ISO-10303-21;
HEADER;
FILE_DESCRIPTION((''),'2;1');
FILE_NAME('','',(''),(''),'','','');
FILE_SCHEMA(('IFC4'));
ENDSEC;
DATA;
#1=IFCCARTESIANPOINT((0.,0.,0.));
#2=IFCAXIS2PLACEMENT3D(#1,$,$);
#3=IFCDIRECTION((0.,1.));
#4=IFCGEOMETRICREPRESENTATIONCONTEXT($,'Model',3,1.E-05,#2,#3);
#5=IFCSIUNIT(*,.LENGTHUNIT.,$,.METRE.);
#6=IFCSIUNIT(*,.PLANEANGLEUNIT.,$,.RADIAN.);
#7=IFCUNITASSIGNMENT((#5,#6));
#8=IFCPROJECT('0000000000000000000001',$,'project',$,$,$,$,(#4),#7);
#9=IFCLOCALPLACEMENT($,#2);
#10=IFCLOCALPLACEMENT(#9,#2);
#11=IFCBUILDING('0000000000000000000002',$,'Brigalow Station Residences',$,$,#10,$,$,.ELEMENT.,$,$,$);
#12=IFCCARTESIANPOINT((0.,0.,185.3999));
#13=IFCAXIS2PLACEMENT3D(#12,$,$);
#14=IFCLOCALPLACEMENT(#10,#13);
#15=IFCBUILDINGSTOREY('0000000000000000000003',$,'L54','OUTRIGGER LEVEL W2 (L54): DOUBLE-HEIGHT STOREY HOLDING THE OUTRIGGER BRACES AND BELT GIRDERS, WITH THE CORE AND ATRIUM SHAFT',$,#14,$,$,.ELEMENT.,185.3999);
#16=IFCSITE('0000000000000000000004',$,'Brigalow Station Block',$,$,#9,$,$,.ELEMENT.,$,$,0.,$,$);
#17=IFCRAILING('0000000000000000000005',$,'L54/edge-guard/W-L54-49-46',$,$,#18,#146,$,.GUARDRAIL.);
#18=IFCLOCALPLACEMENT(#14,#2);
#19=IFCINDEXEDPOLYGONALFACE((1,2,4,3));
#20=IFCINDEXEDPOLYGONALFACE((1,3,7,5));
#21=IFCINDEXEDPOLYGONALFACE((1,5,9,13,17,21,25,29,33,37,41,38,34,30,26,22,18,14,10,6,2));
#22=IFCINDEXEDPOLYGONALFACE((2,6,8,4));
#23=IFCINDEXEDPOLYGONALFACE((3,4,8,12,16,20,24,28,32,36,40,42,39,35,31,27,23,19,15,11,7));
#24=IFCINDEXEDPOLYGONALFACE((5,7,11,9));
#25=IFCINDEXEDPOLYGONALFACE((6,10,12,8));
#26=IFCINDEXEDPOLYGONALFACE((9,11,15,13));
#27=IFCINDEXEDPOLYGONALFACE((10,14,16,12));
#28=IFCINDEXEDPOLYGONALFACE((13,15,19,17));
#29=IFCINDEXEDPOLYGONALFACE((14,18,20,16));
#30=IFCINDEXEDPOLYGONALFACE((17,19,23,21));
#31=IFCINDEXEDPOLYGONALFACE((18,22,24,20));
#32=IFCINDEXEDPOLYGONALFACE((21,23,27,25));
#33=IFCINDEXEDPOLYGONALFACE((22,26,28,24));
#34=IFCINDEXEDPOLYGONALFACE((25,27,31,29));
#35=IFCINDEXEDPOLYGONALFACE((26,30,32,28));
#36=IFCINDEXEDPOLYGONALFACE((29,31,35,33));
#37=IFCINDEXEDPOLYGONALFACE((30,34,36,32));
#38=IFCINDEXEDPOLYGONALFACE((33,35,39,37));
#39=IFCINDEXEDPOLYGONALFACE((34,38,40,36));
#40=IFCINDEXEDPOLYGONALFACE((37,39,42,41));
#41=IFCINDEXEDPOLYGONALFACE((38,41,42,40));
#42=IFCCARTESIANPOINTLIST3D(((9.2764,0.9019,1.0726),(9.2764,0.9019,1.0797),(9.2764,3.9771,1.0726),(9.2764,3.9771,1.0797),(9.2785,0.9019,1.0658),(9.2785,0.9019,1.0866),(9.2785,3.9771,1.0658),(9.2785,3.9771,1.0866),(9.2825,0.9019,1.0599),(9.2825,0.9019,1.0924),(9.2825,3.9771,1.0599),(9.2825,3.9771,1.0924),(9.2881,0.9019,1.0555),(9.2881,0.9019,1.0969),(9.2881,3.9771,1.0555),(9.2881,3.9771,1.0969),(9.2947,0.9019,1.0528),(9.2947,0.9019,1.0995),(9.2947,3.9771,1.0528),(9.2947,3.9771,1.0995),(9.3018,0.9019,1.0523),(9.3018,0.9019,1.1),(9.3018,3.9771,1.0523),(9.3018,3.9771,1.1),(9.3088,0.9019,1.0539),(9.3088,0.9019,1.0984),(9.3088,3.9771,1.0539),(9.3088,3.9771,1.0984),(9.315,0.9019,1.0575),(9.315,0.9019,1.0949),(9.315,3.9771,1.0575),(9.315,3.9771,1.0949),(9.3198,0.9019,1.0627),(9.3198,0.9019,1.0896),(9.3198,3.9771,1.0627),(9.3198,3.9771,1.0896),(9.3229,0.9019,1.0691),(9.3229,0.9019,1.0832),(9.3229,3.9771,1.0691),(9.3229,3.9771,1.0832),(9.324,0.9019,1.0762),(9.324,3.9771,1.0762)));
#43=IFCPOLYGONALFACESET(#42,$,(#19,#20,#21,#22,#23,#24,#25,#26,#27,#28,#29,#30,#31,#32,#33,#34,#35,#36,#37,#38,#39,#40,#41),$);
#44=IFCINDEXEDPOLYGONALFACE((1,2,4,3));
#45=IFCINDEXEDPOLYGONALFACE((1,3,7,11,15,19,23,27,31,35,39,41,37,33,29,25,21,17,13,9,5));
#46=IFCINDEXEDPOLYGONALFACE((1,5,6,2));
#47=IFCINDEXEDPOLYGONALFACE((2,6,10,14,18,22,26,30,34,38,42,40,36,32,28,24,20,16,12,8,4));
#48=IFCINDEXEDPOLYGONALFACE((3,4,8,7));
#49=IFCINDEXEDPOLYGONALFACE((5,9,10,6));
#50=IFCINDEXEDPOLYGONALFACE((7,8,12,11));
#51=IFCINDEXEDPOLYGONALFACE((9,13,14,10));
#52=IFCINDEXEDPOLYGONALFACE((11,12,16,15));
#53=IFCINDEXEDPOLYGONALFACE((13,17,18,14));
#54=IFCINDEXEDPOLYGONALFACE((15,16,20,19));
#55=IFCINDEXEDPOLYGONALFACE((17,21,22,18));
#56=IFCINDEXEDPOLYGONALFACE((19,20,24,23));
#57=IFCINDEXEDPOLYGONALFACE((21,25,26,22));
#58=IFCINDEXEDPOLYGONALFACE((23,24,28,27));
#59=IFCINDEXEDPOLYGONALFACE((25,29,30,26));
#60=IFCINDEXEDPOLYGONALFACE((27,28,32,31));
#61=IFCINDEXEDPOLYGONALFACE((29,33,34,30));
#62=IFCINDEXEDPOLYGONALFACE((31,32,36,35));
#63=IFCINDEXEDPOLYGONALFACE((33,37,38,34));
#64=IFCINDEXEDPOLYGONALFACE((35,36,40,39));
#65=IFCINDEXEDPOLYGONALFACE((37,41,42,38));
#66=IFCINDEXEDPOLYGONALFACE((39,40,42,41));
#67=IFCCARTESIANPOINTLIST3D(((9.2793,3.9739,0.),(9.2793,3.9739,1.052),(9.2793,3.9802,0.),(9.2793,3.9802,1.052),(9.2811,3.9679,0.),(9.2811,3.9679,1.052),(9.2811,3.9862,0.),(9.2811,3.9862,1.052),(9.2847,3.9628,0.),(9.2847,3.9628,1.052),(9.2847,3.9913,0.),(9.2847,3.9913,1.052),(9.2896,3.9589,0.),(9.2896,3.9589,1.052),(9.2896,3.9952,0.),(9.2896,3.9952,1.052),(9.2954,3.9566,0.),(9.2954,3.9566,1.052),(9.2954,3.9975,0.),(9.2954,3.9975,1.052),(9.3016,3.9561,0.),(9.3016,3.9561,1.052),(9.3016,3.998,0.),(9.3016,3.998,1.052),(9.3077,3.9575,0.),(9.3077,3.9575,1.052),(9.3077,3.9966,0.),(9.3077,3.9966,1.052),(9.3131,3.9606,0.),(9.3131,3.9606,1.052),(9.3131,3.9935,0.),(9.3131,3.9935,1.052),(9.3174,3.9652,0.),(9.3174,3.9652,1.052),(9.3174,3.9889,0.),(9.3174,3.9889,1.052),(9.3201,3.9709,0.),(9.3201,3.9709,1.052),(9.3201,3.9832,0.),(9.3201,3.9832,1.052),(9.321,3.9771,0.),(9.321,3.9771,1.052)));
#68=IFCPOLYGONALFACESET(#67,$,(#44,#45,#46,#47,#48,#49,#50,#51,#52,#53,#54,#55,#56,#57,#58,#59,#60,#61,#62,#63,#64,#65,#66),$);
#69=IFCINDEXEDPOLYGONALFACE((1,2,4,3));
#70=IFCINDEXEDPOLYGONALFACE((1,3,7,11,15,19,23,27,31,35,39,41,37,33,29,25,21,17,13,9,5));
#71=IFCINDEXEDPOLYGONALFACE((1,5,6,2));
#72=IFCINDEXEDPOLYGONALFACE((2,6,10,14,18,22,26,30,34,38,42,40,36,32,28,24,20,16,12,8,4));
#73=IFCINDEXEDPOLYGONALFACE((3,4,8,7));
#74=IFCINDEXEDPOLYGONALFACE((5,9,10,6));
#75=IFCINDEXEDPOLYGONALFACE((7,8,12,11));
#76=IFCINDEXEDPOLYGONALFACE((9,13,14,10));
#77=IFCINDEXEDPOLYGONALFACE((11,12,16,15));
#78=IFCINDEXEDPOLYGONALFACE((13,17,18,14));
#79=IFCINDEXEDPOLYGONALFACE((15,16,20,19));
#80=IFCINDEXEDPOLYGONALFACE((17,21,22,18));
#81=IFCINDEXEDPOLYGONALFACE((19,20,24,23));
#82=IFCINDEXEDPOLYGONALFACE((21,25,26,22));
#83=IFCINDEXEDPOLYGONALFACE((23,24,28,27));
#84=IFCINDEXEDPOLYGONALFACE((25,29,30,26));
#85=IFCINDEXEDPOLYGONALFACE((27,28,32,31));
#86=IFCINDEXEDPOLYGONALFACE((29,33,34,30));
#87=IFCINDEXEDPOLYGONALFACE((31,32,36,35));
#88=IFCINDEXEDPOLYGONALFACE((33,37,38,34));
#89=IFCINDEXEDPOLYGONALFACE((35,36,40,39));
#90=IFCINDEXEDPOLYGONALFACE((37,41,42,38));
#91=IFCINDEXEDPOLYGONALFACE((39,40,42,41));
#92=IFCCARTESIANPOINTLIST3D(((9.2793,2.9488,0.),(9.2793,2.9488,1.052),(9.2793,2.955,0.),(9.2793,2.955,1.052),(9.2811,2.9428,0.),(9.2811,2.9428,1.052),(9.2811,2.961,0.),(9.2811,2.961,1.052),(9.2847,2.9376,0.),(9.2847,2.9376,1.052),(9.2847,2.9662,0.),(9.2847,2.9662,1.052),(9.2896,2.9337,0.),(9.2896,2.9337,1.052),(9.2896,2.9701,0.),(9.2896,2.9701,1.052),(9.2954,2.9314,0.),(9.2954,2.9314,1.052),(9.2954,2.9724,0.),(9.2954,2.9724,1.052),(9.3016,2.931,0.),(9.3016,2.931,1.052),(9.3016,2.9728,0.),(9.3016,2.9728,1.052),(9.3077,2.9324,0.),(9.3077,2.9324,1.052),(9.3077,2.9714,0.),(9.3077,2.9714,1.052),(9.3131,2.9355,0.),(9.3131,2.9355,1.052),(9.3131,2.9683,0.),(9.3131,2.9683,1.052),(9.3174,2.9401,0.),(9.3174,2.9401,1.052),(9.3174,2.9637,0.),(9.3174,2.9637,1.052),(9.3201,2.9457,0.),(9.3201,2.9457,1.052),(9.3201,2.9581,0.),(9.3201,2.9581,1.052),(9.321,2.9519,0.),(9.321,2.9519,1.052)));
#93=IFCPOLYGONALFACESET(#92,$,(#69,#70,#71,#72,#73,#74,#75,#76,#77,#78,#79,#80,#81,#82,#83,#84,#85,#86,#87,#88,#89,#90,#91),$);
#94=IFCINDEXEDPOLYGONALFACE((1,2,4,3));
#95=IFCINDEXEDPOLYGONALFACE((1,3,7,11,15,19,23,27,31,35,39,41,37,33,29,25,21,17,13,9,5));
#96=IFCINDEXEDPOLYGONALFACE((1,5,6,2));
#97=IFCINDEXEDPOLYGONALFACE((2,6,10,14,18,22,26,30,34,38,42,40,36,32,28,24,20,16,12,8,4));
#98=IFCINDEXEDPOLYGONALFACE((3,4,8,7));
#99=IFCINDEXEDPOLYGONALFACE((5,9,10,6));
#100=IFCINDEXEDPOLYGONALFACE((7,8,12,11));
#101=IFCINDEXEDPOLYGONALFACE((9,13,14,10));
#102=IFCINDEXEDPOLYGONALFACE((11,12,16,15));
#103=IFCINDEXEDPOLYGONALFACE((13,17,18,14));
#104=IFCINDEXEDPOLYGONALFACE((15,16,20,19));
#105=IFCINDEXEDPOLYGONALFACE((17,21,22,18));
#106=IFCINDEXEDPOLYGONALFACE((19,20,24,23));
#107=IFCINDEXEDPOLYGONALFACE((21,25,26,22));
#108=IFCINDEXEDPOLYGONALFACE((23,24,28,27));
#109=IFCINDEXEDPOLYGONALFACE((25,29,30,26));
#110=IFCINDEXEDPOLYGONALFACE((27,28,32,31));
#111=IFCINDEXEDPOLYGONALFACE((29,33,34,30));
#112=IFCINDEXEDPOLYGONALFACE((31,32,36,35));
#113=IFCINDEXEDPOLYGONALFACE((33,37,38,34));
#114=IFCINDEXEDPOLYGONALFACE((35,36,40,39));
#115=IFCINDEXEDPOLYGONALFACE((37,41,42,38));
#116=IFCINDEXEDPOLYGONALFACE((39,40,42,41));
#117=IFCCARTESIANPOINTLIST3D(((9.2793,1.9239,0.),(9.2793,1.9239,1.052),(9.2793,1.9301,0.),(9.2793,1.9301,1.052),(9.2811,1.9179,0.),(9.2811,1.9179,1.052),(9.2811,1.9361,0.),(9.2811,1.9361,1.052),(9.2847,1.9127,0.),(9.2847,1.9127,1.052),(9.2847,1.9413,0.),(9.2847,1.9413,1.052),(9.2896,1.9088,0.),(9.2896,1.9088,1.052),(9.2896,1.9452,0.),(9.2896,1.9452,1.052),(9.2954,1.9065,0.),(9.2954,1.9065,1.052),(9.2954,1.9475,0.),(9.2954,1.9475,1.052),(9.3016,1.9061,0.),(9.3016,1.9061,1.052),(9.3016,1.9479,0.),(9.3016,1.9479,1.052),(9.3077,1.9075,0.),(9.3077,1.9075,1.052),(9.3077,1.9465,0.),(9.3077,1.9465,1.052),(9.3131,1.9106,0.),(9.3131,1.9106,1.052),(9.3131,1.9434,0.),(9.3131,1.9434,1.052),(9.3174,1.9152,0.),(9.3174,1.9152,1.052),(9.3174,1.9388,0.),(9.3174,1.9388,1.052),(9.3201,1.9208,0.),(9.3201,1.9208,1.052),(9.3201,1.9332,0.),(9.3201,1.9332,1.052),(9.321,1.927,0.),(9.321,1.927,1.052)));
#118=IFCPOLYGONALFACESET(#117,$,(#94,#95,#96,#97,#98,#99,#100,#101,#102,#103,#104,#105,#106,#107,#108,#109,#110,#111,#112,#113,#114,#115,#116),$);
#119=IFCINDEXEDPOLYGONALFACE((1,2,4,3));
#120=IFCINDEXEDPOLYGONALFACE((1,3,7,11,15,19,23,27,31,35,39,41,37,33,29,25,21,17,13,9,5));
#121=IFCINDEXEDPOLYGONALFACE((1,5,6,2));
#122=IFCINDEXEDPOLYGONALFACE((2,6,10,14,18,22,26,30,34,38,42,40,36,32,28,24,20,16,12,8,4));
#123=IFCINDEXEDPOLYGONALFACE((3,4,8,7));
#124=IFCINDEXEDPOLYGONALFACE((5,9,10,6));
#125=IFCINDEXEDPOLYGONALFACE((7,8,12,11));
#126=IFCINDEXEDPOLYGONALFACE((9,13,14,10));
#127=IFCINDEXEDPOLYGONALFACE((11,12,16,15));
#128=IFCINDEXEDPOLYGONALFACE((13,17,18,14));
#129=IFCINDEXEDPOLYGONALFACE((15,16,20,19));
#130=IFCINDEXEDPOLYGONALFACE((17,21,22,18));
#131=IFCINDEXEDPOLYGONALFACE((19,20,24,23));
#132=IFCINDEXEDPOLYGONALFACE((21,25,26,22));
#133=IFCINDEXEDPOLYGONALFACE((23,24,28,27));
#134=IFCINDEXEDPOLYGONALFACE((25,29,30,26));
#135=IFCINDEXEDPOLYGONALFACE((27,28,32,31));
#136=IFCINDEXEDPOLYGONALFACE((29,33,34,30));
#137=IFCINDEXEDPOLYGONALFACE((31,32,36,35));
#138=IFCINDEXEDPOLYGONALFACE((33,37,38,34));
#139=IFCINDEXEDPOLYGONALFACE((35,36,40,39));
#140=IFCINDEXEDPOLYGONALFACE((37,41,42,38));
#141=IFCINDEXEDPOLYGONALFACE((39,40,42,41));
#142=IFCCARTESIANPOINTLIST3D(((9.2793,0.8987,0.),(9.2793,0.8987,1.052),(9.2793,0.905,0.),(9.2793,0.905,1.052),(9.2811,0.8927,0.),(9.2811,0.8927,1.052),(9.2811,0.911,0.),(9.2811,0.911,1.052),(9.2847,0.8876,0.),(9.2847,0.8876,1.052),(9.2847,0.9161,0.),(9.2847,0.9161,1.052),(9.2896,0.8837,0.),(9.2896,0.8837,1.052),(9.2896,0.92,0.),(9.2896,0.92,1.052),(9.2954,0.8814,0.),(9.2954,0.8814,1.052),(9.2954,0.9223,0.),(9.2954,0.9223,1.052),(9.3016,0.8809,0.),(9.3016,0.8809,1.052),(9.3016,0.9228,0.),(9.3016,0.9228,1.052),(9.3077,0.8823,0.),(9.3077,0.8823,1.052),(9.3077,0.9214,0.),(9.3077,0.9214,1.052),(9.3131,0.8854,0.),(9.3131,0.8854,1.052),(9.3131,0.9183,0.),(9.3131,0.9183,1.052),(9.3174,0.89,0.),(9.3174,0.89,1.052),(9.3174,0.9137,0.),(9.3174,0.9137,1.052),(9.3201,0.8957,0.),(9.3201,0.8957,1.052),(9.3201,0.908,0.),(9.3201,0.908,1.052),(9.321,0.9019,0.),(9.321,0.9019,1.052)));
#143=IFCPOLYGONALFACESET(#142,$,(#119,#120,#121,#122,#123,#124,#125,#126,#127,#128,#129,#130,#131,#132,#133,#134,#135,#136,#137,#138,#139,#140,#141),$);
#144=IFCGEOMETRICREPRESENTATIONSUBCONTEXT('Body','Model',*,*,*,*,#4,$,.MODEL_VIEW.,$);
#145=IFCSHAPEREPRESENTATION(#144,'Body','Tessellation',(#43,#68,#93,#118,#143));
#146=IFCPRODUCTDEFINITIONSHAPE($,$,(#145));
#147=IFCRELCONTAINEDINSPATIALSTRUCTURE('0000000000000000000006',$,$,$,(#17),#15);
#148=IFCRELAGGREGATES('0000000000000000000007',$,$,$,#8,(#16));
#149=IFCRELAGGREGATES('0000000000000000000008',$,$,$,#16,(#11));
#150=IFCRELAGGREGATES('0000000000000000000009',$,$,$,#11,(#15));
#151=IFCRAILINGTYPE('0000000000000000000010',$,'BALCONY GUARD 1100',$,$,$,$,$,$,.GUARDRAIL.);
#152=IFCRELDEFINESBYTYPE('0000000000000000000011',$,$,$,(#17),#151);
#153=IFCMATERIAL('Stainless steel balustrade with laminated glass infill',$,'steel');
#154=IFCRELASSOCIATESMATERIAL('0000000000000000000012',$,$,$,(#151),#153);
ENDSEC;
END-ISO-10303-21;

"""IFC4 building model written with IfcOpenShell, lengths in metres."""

from ifc_helpers import new_model, si_unit, direction, frame, origin, origin_2d, place, context, subcontext, project, spatial, circle, extrude, material, type_object, element, save


model = new_model("IFC4")

# Units and contexts
model_context = context("Model", 3, precision=1e-05, world=origin(), true_north=direction((0.0, 1.0)))
body_context = subcontext(model_context, "Body", "Model", "MODEL_VIEW")
ifc_project = project(units=[si_unit("LENGTHUNIT", "METRE"), si_unit("PLANEANGLEUNIT", "RADIAN")], contexts=[model_context])

# Site, building, storey
site_placement = place(None, origin())
site = spatial("IfcSite", under=ifc_project, at=site_placement, Name="Brigalow Station Block", CompositionType="ELEMENT", RefElevation=0.0)
building_placement = place(site_placement, origin())
building = spatial("IfcBuilding", under=site, at=building_placement, Name="Brigalow Station Residences", CompositionType="ELEMENT")
storey_placement = place(building_placement, frame((0.0, 0.0, 185.3999)))
storey = spatial("IfcBuildingStorey", under=building, at=storey_placement, Name="L54", Description="OUTRIGGER LEVEL W2 (L54): DOUBLE-HEIGHT STOREY HOLDING THE OUTRIGGER BRACES AND BELT GIRDERS, WITH THE CORE AND ATRIUM SHAFT", CompositionType="ELEMENT", Elevation=185.3999)

# Railing
ifc_material_1 = material(Name="Stainless steel balustrade with laminated glass infill", Category="steel")
railing_type = type_object("IfcRailingType", Name="BALCONY GUARD 1100", PredefinedType="GUARDRAIL", material=ifc_material_1)
railing_1_placement = place(storey_placement, frame((9.3, 3.9771, 0.0)))
element("IfcRailing", 1, at=railing_1_placement, inside=storey, type_object=railing_type, Name="L54/edge-guard/W-L54-49-46", PredefinedType="GUARDRAIL", context=body_context, shape_type="SweptSolid", body=[
    extrude(circle(Radius=0.0239, at=origin_2d()), frame((0.0, 0.0, 1.0762), z_axis=(0.0, -1.0, 0.0), x_axis=(1.0, 0.0, 0.0)), (0.0, 0.0, 1.0), 3.0752),
    extrude(circle(Radius=0.021, at=origin_2d()), origin(), (0.0, 0.0, 1.0), 1.052),
    extrude(circle(Radius=0.021, at=origin_2d()), frame((0.0, -1.0251, 0.0)), (0.0, 0.0, 1.0), 1.052),
    extrude(circle(Radius=0.021, at=origin_2d()), frame((0.0, -2.05, 0.0)), (0.0, 0.0, 1.0), 1.052),
    extrude(circle(Radius=0.021, at=origin_2d()), frame((0.0, -3.0752, 0.0)), (0.0, 0.0, 1.0), 1.052),
])

save(model, "model.ifc")
